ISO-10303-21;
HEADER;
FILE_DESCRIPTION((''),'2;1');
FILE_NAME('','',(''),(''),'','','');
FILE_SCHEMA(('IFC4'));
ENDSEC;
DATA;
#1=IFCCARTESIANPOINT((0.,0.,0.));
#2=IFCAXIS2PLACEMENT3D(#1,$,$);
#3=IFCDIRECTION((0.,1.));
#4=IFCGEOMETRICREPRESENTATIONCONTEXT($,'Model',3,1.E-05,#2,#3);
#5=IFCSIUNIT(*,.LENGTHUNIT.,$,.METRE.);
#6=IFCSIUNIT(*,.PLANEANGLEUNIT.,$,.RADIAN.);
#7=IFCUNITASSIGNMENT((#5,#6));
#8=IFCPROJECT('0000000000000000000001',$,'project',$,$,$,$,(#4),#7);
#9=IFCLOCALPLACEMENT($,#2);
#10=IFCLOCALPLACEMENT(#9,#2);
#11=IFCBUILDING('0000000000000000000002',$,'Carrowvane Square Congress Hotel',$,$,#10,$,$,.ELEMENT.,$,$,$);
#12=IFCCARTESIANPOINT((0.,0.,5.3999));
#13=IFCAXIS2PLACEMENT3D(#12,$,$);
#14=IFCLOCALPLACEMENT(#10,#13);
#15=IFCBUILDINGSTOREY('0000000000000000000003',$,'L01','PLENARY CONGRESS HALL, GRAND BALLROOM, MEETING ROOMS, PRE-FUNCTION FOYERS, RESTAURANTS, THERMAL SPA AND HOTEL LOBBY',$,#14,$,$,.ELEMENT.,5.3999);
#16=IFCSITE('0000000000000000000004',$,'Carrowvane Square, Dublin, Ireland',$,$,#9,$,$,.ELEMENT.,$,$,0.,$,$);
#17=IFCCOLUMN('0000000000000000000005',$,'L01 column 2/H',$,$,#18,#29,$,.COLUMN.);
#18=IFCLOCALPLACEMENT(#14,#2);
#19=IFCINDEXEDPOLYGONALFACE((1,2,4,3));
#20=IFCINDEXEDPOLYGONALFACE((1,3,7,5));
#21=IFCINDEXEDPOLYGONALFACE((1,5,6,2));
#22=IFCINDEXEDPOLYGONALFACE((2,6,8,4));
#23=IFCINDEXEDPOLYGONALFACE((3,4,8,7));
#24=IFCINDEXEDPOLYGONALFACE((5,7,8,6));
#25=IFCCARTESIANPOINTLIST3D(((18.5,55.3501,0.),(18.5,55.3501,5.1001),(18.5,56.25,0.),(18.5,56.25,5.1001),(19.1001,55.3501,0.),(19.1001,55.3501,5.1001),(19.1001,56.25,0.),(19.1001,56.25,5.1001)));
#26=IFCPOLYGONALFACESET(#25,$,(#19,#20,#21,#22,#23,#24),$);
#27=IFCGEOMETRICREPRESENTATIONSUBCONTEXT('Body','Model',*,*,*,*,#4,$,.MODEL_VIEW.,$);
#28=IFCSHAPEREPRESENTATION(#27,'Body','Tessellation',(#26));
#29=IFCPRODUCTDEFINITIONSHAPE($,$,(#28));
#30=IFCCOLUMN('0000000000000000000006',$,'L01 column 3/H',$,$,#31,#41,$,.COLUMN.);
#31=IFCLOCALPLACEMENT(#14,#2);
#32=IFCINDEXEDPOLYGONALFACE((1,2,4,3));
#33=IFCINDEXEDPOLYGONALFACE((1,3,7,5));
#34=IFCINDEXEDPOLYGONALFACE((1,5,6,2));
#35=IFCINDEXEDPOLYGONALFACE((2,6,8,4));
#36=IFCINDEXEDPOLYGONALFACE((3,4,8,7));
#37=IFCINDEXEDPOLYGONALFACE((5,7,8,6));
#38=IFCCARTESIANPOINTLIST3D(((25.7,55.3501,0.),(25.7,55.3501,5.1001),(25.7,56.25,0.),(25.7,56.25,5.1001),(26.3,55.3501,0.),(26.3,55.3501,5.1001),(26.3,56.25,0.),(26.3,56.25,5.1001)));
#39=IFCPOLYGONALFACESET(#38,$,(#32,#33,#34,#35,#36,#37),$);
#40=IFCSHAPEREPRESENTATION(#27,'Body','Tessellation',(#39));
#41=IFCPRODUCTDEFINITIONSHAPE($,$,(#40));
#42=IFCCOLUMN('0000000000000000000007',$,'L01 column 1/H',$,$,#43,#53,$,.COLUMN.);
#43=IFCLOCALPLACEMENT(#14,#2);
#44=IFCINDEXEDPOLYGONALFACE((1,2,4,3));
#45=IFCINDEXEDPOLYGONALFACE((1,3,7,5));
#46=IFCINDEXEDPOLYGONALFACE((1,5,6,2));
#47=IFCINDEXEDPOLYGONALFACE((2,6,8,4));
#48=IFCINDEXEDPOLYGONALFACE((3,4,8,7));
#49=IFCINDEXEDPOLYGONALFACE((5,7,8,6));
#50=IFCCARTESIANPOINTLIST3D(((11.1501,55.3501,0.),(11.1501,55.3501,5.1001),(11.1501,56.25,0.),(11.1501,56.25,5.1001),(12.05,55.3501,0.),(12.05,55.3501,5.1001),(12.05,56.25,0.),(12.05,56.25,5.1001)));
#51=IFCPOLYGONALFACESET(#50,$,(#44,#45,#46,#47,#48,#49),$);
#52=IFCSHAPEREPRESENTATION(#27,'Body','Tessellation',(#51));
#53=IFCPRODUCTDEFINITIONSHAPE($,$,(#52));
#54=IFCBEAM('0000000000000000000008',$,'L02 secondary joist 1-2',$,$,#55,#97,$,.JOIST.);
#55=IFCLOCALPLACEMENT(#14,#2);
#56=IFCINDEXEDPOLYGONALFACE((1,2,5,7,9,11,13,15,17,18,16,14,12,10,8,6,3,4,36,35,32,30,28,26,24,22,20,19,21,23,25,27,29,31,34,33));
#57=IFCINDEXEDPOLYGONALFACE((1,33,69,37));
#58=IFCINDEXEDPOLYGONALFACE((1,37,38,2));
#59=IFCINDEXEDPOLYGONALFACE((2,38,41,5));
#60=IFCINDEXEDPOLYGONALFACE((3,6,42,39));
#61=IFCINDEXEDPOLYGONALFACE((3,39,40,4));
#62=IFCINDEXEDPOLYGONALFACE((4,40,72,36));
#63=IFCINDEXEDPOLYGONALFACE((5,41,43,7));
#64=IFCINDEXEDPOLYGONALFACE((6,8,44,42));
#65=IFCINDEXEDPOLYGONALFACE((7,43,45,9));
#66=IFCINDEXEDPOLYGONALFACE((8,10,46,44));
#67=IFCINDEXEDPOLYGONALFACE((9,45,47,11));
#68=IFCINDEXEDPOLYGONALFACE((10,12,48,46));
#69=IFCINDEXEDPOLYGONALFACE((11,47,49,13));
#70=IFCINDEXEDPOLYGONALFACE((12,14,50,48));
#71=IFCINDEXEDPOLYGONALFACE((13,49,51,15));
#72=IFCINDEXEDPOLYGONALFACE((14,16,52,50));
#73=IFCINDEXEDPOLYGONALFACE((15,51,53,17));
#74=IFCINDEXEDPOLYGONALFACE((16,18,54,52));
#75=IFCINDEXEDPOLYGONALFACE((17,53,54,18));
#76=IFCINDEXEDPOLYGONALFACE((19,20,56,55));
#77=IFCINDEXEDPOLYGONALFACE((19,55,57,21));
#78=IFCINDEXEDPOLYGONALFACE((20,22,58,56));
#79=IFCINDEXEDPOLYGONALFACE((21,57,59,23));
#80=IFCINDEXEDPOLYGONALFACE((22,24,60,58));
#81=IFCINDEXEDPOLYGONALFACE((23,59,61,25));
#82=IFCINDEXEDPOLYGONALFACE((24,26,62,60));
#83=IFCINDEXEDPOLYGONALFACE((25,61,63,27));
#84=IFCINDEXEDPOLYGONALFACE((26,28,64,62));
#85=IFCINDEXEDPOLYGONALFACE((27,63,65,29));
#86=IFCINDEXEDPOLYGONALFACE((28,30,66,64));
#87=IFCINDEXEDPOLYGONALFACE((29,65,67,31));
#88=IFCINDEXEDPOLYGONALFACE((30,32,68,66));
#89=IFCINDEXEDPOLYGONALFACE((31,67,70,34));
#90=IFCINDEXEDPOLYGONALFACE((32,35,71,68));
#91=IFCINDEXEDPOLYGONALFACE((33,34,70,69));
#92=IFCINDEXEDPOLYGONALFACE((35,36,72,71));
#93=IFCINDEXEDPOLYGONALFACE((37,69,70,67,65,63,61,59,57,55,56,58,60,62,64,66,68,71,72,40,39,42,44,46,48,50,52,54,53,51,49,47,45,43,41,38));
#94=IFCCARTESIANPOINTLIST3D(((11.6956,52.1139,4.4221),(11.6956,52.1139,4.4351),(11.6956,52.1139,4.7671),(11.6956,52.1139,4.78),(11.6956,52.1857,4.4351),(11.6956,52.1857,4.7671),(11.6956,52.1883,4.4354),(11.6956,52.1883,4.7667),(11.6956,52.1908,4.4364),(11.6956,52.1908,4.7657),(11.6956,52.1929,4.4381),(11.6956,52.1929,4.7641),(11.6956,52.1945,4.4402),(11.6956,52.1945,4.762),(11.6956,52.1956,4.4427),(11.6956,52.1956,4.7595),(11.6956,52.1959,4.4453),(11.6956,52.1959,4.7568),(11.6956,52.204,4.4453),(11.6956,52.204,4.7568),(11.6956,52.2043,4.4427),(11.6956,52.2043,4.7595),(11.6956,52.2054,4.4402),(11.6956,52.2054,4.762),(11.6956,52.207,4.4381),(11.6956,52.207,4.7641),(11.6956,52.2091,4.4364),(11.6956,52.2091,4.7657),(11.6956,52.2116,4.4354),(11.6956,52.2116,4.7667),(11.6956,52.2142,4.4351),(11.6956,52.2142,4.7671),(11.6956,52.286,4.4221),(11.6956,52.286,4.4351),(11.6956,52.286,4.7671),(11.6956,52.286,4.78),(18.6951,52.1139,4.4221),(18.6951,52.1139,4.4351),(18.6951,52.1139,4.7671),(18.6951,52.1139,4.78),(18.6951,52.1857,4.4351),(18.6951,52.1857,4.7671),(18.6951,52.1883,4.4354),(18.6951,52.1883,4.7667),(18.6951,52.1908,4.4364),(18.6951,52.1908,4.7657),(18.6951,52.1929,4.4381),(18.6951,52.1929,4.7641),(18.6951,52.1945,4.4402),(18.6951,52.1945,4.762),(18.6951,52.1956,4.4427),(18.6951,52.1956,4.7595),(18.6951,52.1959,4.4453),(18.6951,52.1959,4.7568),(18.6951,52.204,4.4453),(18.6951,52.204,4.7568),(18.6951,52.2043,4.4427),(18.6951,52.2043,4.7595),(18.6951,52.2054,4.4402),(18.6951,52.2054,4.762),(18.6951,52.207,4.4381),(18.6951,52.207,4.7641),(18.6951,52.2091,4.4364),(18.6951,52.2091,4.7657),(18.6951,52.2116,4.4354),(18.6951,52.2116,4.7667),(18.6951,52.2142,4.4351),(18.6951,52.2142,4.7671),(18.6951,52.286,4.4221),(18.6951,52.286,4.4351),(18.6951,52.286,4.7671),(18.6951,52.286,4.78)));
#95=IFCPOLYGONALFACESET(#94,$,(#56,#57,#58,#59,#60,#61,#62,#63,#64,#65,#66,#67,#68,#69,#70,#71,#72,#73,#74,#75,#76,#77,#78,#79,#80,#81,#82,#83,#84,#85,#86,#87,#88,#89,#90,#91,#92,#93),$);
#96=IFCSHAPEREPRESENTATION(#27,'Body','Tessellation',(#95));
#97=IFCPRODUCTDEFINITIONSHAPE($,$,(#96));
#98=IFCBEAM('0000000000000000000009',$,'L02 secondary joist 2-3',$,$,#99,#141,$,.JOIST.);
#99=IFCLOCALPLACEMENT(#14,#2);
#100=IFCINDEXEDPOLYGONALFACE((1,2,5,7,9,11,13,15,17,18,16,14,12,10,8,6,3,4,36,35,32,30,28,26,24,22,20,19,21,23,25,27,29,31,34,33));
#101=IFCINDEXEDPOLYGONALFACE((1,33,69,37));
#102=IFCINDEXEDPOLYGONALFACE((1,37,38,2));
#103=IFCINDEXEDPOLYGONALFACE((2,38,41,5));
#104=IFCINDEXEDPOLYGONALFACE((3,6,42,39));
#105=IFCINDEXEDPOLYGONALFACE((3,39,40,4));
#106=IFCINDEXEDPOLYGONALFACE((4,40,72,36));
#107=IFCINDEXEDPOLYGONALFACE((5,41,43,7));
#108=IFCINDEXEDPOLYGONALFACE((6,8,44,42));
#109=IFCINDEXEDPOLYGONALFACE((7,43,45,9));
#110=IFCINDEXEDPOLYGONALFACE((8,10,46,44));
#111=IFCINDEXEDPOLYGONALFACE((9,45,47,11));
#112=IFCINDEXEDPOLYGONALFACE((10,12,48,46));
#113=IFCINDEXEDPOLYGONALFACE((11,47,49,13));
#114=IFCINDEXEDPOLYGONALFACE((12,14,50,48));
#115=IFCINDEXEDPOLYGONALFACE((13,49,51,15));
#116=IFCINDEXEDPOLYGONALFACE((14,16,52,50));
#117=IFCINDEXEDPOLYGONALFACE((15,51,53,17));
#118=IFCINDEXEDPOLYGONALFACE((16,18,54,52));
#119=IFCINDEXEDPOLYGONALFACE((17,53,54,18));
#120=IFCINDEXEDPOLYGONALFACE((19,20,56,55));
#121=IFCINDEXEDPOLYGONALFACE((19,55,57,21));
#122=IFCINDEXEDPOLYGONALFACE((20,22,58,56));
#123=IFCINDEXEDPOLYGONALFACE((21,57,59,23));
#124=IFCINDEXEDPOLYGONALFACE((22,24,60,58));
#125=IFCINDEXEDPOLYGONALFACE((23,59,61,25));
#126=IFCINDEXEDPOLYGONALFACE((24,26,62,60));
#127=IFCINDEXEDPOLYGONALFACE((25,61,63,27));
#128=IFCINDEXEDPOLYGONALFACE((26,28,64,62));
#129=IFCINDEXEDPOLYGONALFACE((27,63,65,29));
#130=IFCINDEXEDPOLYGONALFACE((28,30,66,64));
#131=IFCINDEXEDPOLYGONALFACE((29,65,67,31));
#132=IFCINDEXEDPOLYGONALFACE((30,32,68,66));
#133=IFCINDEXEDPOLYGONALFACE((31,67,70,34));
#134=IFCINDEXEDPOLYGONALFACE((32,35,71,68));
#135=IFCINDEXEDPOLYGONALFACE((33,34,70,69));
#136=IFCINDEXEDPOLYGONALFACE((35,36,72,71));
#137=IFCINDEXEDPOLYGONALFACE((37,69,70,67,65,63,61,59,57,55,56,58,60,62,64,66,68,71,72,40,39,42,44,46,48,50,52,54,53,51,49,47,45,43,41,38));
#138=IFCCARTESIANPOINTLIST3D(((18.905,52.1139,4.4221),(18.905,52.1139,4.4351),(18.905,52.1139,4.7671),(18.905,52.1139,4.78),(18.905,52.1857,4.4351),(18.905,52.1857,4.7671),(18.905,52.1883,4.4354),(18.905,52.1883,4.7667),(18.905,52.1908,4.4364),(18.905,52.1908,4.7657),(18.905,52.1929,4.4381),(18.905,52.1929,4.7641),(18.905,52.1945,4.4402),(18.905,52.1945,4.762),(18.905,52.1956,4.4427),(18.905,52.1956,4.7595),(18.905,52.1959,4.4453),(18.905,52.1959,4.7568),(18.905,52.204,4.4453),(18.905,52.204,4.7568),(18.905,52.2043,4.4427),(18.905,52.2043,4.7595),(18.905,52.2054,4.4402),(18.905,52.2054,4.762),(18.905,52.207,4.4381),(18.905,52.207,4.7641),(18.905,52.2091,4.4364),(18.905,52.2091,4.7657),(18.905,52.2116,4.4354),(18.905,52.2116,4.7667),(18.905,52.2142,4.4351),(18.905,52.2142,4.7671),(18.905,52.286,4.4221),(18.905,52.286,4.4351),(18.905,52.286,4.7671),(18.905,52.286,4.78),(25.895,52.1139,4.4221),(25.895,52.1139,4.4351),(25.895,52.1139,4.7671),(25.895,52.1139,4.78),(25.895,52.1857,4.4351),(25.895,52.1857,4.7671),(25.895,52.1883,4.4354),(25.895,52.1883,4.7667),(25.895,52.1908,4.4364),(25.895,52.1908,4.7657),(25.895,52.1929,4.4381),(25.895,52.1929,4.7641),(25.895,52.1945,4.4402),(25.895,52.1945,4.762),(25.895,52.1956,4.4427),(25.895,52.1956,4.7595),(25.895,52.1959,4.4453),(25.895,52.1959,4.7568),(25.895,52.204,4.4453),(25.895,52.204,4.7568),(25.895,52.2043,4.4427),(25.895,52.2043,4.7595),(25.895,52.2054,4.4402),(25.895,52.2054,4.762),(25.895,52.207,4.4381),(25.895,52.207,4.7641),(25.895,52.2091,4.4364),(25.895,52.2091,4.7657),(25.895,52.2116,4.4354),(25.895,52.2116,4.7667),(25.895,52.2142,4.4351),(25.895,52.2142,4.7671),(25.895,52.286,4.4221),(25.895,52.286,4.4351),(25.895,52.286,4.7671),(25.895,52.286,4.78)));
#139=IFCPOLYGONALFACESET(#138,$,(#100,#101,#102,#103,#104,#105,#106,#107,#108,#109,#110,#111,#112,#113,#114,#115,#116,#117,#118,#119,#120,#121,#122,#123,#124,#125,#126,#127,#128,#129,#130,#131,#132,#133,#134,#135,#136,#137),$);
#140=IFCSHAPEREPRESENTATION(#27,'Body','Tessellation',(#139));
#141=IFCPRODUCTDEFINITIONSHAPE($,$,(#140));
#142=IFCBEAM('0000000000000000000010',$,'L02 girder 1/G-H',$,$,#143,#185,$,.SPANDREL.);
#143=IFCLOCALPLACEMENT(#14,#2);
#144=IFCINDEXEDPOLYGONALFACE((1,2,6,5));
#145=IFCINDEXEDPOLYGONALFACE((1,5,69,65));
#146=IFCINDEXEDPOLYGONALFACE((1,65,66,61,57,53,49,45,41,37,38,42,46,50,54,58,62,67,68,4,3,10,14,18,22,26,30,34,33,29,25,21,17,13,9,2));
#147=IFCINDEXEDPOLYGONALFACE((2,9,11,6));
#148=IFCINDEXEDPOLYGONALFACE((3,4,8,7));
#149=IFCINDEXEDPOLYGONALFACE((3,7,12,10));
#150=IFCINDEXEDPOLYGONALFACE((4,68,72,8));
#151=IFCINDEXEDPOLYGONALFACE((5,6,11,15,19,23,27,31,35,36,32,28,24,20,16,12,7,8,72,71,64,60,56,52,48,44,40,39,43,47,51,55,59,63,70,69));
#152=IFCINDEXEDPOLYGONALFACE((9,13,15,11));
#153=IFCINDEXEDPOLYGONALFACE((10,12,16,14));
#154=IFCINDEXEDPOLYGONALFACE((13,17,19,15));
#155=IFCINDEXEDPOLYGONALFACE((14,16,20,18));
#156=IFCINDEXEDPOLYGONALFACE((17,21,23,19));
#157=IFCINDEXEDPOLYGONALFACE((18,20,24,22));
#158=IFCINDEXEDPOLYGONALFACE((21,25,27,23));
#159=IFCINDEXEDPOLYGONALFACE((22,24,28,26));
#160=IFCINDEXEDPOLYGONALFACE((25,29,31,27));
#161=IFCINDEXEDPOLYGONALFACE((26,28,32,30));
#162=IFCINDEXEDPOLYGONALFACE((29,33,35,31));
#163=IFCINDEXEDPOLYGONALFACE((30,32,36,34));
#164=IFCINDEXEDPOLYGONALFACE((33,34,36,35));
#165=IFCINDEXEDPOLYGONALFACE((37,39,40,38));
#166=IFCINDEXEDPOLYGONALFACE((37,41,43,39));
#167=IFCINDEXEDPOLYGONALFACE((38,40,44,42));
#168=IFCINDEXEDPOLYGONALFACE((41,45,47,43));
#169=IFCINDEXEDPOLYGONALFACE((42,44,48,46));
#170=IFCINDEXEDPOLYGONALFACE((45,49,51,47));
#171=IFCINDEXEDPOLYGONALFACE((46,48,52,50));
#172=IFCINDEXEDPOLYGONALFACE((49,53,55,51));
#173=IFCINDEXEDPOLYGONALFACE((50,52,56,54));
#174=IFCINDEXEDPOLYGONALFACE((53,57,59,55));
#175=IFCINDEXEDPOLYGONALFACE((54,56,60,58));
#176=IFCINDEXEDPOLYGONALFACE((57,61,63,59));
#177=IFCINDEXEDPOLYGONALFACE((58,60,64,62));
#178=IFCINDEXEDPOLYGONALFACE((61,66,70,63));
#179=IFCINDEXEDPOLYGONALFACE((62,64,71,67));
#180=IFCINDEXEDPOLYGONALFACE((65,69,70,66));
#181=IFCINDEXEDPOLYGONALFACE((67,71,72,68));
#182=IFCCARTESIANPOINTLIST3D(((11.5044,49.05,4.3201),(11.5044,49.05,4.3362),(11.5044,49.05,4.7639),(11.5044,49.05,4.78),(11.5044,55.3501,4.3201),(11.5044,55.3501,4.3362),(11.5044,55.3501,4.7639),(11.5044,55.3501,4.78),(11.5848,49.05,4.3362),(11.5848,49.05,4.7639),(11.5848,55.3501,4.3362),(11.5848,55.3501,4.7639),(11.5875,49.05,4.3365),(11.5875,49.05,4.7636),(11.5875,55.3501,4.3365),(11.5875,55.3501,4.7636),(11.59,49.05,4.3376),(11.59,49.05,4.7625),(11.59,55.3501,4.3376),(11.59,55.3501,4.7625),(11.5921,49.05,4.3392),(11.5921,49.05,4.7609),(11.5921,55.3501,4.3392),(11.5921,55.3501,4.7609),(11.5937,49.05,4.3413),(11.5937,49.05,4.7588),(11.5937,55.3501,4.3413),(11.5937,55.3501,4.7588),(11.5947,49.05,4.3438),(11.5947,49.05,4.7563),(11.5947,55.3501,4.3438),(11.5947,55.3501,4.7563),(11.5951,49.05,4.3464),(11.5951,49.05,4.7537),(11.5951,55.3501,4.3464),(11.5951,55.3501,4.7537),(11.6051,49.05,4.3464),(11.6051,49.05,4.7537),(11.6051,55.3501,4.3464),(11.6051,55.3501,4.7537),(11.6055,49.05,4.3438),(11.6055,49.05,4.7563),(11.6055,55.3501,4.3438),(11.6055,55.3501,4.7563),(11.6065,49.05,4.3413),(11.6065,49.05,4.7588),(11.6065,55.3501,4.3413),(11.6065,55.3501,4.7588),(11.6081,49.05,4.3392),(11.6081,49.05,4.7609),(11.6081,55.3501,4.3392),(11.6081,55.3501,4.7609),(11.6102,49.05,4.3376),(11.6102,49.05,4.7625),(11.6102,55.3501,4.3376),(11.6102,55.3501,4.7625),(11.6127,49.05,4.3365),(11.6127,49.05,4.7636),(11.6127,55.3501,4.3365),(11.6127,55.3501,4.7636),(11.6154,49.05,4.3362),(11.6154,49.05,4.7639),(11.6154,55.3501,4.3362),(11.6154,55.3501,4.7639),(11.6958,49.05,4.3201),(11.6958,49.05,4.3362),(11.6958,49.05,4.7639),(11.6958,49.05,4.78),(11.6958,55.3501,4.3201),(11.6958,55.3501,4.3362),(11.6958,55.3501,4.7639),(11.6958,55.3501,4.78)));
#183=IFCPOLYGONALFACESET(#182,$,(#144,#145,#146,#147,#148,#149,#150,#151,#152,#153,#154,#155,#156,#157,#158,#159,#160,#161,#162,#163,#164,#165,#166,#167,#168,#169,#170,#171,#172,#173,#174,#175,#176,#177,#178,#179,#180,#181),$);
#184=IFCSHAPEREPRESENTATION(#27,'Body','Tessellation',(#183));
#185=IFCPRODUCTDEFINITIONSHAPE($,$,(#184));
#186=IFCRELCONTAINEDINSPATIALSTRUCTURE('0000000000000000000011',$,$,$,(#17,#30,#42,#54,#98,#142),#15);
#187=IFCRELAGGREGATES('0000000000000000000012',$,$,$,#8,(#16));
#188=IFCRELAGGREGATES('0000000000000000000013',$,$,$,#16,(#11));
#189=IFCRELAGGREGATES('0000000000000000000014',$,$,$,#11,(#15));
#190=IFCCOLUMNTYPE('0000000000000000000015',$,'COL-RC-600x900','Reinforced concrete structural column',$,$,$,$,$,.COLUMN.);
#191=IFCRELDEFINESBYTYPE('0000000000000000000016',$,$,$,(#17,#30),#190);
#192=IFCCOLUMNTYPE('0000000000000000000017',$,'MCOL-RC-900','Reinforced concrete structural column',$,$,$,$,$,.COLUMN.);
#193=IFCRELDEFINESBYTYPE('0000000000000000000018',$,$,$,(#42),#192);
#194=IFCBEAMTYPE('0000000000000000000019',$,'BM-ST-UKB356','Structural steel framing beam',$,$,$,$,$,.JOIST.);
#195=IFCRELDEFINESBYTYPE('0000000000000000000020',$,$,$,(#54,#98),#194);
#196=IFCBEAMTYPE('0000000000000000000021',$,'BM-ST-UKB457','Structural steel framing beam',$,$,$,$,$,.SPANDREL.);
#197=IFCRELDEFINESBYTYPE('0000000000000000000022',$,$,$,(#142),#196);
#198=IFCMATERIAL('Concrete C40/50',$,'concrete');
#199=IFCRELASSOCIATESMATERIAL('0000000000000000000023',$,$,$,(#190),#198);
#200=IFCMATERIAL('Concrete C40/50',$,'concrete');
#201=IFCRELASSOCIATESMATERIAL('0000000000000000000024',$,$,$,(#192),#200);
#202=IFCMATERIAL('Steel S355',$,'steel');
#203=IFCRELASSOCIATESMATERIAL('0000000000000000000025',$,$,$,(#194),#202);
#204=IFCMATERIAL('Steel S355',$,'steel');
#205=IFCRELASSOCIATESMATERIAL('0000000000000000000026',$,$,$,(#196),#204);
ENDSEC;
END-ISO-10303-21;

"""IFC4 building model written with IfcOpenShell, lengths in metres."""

from ifc_helpers import new_model, si_unit, direction, frame, origin, origin_2d, place, context, subcontext, project, spatial, rectangle, i_section, extrude, material, material_profile, profile_set, type_object, element, save


model = new_model("IFC4")

# Units and contexts
model_context = context("Model", 3, precision=1e-05, world=origin(), true_north=direction((0.0, 1.0)))
body_context = subcontext(model_context, "Body", "Model", "MODEL_VIEW")
ifc_project = project(units=[si_unit("LENGTHUNIT", "METRE"), si_unit("PLANEANGLEUNIT", "RADIAN")], contexts=[model_context])

# Site, building, storey
site_placement = place(None, origin())
site = spatial("IfcSite", under=ifc_project, at=site_placement, Name="Carrowvane Square, Dublin, Ireland", CompositionType="ELEMENT", RefElevation=0.0)
building_placement = place(site_placement, origin())
building = spatial("IfcBuilding", under=site, at=building_placement, Name="Carrowvane Square Congress Hotel", CompositionType="ELEMENT")
storey_placement = place(building_placement, frame((0.0, 0.0, 5.3999)))
storey = spatial("IfcBuildingStorey", under=building, at=storey_placement, Name="L01", Description="PLENARY CONGRESS HALL, GRAND BALLROOM, MEETING ROOMS, PRE-FUNCTION FOYERS, RESTAURANTS, THERMAL SPA AND HOTEL LOBBY", CompositionType="ELEMENT", Elevation=5.3999)

# Columns
ifc_material_1 = material(Name="Concrete C40/50", Category="concrete")
ifc_material_profile_1 = material_profile(ifc_material_1, rectangle(XDim=0.6001, YDim=0.8999, at=origin_2d()), Name="RC 600x900")
ifc_profile_set_1 = profile_set([ifc_material_profile_1], Name="Concrete C40/50")
column_type_1 = type_object("IfcColumnType", Name="COL-RC-600x900", Description="Reinforced concrete structural column", PredefinedType="COLUMN", material=ifc_profile_set_1)
for number, where, z_axis, x_axis, name in (
    (1, (18.8, 55.8, 0.0), (0.0, 0.0, 1.0), (1.0, 0.0, 0.0), "L01 column 2/H"),
    (2, (26.0, 55.8, 0.0), (0.0, 0.0, 1.0), (1.0, 0.0, 0.0), "L01 column 3/H"),
):
    element("IfcColumn", number, at=place(storey_placement, frame(where, z_axis=z_axis, x_axis=x_axis)), inside=storey, type_object=column_type_1, Name=name, PredefinedType="COLUMN", context=body_context, shape_type="SweptSolid", body=[
        extrude(rectangle(XDim=0.6001, YDim=0.8999, at=origin_2d()), origin(), (0.0, 0.0, 1.0), 5.1001),
    ])
ifc_material_2 = material(Name="Concrete C40/50", Category="concrete")
ifc_material_profile_2 = material_profile(ifc_material_2, rectangle(XDim=0.8999, YDim=0.8999, at=origin_2d()), Name="RC 900x900")
ifc_profile_set_2 = profile_set([ifc_material_profile_2], Name="Concrete C40/50")
column_type_2 = type_object("IfcColumnType", Name="MCOL-RC-900", Description="Reinforced concrete structural column", PredefinedType="COLUMN", material=ifc_profile_set_2)
column_placement = place(storey_placement, frame((11.6001, 55.8, 0.0), z_axis=(0.0, 0.0, 1.0), x_axis=(1.0, 0.0, 0.0)))
element("IfcColumn", 3, at=column_placement, inside=storey, type_object=column_type_2, Name="L01 column 1/H", PredefinedType="COLUMN", context=body_context, shape_type="SweptSolid", body=[
    extrude(rectangle(XDim=0.8999, YDim=0.8999, at=origin_2d()), origin(), (0.0, 0.0, 1.0), 5.1001),
])

# Beams
ifc_material_3 = material(Name="Steel S355", Category="steel")
ifc_material_profile_3 = material_profile(ifc_material_3, i_section(OverallWidth=0.1721, OverallDepth=0.3579, WebThickness=0.0081, FlangeThickness=0.0129, FilletRadius=0.0103, at=origin_2d()), Name="UKB 356x171x57")
ifc_profile_set_3 = profile_set([ifc_material_profile_3], Name="Steel S355")
beam_type_1 = type_object("IfcBeamType", Name="BM-ST-UKB356", Description="Structural steel framing beam", PredefinedType="JOIST", material=ifc_profile_set_3)
beam_1_placement = place(storey_placement, frame((11.6956, 52.2, 4.6011), z_axis=(1.0, 0.0, 0.0), x_axis=(0.0, 1.0, 0.0)))
element("IfcBeam", 4, at=beam_1_placement, inside=storey, type_object=beam_type_1, Name="L02 secondary joist 1-2", PredefinedType="JOIST", context=body_context, shape_type="SweptSolid", body=[
    extrude(i_section(OverallWidth=0.1721, OverallDepth=0.3579, WebThickness=0.0081, FlangeThickness=0.0129, FilletRadius=0.0103, at=origin_2d()), origin(), (0.0, 0.0, 1.0), 6.9995),
])
beam_2_placement = place(storey_placement, frame((18.905, 52.2, 4.6011), z_axis=(1.0, 0.0, 0.0), x_axis=(0.0, 1.0, 0.0)))
element("IfcBeam", 5, at=beam_2_placement, inside=storey, type_object=beam_type_1, Name="L02 secondary joist 2-3", PredefinedType="JOIST", context=body_context, shape_type="SweptSolid", body=[
    extrude(i_section(OverallWidth=0.1721, OverallDepth=0.3579, WebThickness=0.0081, FlangeThickness=0.0129, FilletRadius=0.0103, at=origin_2d()), origin(), (0.0, 0.0, 1.0), 6.99),
])
ifc_material_4 = material(Name="Steel S355", Category="steel")
ifc_material_profile_4 = material_profile(ifc_material_4, i_section(OverallWidth=0.1914, OverallDepth=0.46, WebThickness=0.01, FlangeThickness=0.0161, FilletRadius=0.0103, at=origin_2d()), Name="UKB 457x191x82")
ifc_profile_set_4 = profile_set([ifc_material_profile_4], Name="Steel S355")
beam_type_2 = type_object("IfcBeamType", Name="BM-ST-UKB457", Description="Structural steel framing beam", PredefinedType="SPANDREL", material=ifc_profile_set_4)
for number, where, z_axis, x_axis, name in (
    (6, (11.6001, 49.05, 4.55), (0.0, 1.0, 0.0), (-1.0, 0.0, 0.0), "L02 girder 1/G-H"),
):
    element("IfcBeam", number, at=place(storey_placement, frame(where, z_axis=z_axis, x_axis=x_axis)), inside=storey, type_object=beam_type_2, Name=name, PredefinedType="SPANDREL", context=body_context, shape_type="SweptSolid", body=[
        extrude(i_section(OverallWidth=0.1914, OverallDepth=0.46, WebThickness=0.01, FlangeThickness=0.0161, FilletRadius=0.0103, at=origin_2d()), origin(), (0.0, 0.0, 1.0), 6.3),
    ])

save(model, "model.ifc")
